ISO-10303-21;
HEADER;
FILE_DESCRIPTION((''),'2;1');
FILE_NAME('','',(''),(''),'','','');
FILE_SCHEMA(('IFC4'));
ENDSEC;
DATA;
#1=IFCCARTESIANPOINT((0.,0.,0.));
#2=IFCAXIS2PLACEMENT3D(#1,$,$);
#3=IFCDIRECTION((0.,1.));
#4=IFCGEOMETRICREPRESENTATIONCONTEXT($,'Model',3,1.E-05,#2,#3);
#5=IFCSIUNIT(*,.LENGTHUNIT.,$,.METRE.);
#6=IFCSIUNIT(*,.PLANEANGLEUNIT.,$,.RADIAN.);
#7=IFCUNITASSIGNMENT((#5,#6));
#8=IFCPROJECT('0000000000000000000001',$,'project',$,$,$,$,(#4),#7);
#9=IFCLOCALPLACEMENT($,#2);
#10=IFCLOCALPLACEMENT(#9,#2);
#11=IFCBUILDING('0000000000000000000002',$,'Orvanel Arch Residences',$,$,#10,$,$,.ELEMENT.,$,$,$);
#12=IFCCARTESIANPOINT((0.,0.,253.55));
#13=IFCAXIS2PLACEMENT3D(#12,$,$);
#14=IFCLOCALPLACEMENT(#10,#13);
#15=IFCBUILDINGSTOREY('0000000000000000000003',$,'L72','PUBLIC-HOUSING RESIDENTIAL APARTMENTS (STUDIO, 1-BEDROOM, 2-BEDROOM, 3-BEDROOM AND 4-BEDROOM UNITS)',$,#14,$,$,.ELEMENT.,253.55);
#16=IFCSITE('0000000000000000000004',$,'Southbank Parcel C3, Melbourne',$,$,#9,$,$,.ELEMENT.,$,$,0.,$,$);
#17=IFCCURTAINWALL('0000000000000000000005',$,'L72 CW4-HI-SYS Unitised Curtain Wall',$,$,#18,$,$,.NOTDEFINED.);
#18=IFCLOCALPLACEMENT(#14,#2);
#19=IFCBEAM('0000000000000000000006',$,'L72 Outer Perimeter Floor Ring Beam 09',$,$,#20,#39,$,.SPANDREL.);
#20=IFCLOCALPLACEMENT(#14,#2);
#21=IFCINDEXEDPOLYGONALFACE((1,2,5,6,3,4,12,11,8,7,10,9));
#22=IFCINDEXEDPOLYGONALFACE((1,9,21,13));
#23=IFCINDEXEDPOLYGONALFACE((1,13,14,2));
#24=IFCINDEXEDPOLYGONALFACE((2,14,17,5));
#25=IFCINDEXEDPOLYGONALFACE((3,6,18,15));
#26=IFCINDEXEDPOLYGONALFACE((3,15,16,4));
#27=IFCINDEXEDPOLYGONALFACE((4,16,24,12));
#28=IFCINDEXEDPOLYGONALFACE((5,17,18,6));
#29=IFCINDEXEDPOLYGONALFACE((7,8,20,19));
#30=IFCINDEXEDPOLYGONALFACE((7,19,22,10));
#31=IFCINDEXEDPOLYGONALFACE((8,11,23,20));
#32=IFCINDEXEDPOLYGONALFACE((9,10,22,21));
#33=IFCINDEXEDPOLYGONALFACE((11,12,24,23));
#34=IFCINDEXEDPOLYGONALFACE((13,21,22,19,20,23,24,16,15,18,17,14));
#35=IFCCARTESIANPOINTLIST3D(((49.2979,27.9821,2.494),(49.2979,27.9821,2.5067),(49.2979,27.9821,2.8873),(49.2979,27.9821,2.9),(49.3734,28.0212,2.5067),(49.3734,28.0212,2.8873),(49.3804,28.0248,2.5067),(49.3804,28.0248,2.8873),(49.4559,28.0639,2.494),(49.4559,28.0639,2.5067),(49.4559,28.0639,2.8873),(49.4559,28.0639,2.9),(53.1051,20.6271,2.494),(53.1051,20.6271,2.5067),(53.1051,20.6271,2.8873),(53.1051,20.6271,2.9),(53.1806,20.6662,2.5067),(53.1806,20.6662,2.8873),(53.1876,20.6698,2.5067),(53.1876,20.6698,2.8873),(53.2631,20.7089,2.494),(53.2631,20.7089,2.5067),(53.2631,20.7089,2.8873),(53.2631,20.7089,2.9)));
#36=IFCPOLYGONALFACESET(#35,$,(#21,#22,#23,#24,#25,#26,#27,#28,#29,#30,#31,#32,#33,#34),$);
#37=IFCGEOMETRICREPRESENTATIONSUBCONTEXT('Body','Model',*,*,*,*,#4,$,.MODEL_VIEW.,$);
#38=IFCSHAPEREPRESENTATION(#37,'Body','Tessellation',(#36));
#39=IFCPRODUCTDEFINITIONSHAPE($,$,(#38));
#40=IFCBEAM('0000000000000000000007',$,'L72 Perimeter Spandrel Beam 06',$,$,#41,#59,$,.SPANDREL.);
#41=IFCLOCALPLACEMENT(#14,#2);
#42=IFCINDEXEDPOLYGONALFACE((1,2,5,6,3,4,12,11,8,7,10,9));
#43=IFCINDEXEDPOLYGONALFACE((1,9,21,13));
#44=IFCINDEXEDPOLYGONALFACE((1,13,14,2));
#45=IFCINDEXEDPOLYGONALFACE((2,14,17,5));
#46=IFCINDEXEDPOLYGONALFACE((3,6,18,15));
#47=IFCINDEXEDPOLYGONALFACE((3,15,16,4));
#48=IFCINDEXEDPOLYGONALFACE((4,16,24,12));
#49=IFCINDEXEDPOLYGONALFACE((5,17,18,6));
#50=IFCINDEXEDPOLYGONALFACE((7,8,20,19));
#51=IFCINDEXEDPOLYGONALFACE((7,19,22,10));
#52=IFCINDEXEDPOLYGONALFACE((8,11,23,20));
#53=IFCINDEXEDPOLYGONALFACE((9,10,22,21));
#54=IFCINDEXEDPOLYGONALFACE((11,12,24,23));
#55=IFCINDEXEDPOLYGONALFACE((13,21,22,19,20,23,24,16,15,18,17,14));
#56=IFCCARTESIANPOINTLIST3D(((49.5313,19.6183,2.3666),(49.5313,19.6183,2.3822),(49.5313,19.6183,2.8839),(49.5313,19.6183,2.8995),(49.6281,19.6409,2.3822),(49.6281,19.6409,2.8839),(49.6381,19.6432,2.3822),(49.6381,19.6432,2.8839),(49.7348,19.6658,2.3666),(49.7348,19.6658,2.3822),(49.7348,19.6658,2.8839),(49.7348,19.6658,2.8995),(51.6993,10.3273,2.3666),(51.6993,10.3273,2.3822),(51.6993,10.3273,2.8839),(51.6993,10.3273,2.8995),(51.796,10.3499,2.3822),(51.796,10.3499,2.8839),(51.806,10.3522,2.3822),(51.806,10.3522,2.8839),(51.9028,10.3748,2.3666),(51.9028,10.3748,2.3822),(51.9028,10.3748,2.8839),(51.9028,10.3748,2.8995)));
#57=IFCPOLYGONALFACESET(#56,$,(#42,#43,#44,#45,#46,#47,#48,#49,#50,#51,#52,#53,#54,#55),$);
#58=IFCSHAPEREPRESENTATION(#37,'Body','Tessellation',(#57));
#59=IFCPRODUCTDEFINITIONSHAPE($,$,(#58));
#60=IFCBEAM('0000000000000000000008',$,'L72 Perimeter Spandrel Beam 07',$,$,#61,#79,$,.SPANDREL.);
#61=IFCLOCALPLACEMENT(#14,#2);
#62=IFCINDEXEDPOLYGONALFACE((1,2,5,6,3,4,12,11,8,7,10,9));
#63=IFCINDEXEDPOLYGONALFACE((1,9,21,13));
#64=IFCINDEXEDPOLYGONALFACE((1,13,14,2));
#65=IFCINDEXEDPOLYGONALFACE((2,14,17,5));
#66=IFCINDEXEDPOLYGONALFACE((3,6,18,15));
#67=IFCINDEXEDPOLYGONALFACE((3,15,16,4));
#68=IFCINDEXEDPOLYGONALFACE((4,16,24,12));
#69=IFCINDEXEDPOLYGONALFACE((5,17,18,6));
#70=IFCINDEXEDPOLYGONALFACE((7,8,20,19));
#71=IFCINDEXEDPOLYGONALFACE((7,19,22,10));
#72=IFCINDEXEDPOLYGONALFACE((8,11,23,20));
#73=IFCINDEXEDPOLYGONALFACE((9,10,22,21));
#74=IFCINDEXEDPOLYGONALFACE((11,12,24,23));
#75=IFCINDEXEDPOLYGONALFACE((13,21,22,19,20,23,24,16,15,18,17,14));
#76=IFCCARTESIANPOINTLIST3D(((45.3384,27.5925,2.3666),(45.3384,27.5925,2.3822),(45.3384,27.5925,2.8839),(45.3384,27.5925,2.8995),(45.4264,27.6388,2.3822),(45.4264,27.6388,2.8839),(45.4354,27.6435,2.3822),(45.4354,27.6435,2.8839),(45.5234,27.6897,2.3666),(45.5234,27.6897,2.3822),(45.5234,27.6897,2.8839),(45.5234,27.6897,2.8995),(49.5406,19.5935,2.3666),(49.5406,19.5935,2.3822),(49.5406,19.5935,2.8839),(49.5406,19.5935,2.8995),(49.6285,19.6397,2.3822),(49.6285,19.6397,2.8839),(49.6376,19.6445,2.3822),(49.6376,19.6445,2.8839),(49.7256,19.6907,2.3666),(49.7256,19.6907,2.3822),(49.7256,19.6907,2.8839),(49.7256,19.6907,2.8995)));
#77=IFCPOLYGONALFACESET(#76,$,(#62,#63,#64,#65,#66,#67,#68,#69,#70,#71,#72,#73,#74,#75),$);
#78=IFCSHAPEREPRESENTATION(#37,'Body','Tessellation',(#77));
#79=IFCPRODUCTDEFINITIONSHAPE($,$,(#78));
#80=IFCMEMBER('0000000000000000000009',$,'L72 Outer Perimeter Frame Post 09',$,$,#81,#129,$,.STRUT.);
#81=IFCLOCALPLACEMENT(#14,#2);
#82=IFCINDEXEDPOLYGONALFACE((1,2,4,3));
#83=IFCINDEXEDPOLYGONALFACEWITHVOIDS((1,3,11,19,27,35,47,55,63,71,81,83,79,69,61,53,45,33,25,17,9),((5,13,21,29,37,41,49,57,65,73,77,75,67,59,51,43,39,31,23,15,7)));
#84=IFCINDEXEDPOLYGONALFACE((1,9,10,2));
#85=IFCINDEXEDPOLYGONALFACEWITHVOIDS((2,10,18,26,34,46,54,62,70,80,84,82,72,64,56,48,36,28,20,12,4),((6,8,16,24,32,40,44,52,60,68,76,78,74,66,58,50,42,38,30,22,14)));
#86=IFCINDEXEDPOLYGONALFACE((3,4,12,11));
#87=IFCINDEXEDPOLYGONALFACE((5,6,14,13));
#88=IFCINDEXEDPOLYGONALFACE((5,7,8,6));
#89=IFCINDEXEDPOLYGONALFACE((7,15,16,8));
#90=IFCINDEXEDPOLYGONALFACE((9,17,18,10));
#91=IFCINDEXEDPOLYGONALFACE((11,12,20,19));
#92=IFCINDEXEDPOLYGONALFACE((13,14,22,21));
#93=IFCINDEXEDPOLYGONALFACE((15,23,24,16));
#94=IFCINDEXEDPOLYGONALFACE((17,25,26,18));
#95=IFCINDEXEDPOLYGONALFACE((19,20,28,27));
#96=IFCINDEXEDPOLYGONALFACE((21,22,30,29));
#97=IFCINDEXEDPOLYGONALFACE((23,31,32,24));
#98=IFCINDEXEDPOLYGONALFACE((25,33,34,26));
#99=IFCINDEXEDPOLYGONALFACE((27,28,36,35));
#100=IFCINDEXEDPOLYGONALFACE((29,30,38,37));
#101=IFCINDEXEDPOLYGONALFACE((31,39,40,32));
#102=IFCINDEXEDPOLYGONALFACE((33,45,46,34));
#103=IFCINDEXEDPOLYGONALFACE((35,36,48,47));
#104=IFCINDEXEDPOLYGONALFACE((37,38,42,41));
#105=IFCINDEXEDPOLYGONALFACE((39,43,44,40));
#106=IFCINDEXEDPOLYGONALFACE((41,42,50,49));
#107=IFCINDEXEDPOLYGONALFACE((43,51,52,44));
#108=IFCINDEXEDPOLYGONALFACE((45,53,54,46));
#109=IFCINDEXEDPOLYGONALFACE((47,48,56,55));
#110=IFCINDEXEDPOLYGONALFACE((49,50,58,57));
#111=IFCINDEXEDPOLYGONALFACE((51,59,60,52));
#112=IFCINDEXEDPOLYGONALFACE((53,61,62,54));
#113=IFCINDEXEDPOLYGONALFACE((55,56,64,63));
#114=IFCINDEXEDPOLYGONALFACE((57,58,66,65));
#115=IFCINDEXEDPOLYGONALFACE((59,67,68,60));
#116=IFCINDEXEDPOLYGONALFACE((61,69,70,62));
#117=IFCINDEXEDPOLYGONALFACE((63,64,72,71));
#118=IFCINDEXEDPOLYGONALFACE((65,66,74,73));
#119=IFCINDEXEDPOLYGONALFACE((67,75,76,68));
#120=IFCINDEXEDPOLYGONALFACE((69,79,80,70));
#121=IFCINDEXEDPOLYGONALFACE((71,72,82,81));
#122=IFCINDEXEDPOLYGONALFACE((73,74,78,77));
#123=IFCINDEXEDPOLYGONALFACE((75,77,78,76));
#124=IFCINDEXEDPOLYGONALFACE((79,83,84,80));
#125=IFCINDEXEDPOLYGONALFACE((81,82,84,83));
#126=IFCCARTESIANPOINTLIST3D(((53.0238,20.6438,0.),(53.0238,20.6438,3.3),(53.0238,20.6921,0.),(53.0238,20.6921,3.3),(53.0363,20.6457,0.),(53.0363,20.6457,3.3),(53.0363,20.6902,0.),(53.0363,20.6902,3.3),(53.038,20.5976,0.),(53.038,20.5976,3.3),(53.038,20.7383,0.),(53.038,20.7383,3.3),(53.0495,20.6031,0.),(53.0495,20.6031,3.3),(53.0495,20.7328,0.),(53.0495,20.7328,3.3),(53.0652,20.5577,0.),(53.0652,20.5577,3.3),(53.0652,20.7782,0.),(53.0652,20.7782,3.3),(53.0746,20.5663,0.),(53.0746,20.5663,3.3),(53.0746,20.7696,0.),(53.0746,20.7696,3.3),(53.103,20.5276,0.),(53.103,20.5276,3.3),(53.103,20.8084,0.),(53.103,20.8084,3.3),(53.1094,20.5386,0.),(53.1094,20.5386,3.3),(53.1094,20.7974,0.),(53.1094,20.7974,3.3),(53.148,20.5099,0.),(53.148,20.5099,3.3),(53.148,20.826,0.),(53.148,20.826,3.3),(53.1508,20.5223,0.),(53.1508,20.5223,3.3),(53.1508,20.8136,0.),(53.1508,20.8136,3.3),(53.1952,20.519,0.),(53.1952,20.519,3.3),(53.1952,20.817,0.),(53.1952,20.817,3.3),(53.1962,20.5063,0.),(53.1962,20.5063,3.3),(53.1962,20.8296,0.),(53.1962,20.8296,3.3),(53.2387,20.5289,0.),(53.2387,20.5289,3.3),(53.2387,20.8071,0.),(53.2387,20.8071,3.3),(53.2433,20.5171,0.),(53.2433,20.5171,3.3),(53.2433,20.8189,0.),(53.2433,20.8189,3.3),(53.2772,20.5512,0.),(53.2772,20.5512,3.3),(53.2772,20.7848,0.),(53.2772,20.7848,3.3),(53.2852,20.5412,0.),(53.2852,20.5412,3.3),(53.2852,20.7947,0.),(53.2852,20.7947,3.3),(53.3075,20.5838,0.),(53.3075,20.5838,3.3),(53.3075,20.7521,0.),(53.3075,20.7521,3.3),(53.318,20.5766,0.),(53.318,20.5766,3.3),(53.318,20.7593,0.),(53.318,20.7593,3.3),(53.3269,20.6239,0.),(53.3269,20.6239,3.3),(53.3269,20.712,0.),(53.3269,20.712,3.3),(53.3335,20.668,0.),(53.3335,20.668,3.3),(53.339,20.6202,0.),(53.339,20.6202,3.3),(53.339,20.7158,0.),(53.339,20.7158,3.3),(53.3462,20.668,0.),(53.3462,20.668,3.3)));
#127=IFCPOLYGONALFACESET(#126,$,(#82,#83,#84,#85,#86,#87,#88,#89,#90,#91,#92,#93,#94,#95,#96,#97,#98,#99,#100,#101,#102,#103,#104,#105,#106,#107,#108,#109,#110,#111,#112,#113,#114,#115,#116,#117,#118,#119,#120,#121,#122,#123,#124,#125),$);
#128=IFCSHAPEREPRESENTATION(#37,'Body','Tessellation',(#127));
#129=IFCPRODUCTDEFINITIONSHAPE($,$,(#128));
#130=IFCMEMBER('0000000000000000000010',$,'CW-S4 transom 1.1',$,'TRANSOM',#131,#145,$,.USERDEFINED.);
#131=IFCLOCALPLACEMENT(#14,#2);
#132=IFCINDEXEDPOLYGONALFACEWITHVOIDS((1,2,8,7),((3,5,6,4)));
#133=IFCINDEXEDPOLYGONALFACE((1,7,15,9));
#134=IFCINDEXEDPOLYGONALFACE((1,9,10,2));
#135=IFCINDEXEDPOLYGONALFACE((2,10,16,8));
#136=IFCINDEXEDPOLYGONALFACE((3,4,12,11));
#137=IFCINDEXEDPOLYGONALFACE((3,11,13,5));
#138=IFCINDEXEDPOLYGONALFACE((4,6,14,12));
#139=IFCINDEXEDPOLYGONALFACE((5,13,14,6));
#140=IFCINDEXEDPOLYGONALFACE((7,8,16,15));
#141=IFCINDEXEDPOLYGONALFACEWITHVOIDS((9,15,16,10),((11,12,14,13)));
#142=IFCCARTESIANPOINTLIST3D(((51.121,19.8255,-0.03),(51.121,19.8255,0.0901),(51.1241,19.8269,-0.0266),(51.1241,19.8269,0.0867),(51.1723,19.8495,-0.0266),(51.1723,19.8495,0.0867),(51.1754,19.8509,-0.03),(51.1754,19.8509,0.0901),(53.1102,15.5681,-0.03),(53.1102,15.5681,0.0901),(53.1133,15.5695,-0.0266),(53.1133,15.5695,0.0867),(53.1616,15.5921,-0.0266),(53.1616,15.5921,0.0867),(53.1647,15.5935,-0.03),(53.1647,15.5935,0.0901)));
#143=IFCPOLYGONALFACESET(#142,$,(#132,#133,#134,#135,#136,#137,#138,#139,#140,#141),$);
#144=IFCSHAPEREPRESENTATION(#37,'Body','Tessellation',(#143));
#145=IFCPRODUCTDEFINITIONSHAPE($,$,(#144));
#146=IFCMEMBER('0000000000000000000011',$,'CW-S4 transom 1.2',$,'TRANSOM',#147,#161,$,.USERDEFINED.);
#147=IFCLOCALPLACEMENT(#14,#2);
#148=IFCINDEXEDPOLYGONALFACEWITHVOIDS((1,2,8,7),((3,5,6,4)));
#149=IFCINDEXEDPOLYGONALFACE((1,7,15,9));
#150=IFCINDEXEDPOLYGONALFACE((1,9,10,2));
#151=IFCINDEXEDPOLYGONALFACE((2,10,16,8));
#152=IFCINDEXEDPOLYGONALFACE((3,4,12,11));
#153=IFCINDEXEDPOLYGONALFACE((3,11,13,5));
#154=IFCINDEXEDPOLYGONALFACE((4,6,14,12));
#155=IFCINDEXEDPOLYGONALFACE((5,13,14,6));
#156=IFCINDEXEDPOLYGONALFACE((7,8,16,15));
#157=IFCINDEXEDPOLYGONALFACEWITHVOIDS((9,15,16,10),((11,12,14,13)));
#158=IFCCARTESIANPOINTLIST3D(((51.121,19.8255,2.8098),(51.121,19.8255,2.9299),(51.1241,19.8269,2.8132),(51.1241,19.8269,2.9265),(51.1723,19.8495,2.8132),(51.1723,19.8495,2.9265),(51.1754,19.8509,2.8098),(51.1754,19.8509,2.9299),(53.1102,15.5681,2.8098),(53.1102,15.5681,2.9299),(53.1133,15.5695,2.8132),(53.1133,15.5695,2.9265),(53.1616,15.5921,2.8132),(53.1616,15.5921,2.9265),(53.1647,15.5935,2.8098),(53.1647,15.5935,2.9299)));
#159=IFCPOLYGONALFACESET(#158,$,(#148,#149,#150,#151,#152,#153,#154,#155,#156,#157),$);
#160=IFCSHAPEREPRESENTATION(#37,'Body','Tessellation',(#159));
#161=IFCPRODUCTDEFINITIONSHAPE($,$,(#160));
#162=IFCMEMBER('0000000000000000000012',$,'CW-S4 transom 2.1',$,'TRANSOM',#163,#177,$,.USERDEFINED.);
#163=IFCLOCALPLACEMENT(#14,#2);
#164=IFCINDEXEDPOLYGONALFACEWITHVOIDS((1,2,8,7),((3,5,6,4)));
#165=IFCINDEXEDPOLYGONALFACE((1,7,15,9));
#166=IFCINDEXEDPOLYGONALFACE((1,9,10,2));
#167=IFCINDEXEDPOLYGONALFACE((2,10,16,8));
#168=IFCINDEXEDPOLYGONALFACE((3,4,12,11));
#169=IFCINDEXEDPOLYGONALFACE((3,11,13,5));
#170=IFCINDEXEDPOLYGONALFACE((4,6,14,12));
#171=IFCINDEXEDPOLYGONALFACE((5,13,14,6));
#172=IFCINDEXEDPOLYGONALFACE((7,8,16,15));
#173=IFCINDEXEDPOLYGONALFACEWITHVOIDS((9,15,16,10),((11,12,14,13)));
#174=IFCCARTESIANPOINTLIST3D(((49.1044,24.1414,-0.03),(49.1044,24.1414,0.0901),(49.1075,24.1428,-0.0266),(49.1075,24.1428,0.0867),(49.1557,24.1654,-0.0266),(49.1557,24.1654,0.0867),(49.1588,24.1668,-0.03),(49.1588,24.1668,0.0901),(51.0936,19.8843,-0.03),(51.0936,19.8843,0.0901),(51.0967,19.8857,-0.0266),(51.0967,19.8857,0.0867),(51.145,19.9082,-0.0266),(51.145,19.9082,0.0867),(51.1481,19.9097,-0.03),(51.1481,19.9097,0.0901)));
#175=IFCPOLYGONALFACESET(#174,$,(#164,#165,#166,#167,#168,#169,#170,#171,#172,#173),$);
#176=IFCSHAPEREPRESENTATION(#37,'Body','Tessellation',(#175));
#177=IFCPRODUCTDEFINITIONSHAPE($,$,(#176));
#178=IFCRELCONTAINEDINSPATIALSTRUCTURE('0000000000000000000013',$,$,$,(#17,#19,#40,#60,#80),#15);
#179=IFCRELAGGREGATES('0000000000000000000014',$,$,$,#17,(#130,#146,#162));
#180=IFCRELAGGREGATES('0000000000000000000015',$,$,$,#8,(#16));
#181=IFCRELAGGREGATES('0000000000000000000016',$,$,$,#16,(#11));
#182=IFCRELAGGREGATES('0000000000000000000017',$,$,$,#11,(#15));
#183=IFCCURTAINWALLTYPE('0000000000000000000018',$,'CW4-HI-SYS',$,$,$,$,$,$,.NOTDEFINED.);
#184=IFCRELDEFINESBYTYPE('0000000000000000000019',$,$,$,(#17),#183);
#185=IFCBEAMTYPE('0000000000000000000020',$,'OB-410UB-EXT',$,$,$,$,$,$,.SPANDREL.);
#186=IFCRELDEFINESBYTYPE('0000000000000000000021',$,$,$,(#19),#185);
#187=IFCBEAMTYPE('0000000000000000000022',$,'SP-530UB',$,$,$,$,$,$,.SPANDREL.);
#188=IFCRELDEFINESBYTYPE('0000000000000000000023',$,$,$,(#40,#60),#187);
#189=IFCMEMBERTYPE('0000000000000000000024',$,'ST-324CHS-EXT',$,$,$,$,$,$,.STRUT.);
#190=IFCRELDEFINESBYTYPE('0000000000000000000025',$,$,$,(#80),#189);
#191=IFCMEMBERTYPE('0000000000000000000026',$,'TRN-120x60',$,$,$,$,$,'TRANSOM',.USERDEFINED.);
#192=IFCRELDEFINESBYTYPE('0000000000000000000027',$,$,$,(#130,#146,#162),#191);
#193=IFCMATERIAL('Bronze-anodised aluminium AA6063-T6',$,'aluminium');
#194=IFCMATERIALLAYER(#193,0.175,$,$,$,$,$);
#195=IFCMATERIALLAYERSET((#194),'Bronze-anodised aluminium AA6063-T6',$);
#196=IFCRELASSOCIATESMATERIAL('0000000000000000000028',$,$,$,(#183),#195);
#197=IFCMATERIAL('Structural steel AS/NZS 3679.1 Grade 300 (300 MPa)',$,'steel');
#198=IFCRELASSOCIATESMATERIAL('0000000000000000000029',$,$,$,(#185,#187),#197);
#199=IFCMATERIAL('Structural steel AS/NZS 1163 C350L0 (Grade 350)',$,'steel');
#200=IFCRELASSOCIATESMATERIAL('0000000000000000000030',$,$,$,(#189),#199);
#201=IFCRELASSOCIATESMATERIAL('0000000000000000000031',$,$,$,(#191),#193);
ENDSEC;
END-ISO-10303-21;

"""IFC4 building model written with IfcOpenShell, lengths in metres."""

from ifc_helpers import new_model, si_unit, direction, frame, origin, origin_2d, place, context, subcontext, project, spatial, hollow_rectangle, hollow_circle, i_section, extrude, material, layer, layer_set, material_profile, profile_set, type_object, element, aggregate, save


model = new_model("IFC4")

# Units and contexts
model_context = context("Model", 3, precision=1e-05, world=origin(), true_north=direction((0.0, 1.0)))
body_context = subcontext(model_context, "Body", "Model", "MODEL_VIEW")
ifc_project = project(units=[si_unit("LENGTHUNIT", "METRE"), si_unit("PLANEANGLEUNIT", "RADIAN")], contexts=[model_context])

# Site, building, storey
site_placement = place(None, origin())
site = spatial("IfcSite", under=ifc_project, at=site_placement, Name="Southbank Parcel C3, Melbourne", CompositionType="ELEMENT", RefElevation=0.0)
building_placement = place(site_placement, origin())
building = spatial("IfcBuilding", under=site, at=building_placement, Name="Orvanel Arch Residences", CompositionType="ELEMENT")
storey_placement = place(building_placement, frame((0.0, 0.0, 253.55)))
storey = spatial("IfcBuildingStorey", under=building, at=storey_placement, Name="L72", Description="PUBLIC-HOUSING RESIDENTIAL APARTMENTS (STUDIO, 1-BEDROOM, 2-BEDROOM, 3-BEDROOM AND 4-BEDROOM UNITS)", CompositionType="ELEMENT", Elevation=253.55)

# Shared definitions
ifc_material_1 = material(Name="Bronze-anodised aluminium AA6063-T6", Category="aluminium")

# Shared definitions
ifc_layer_1 = layer(ifc_material_1, 0.175)
ifc_layer_set_1 = layer_set([ifc_layer_1], Name="Bronze-anodised aluminium AA6063-T6")
curtain_wall_type_1 = type_object("IfcCurtainWallType", Name="CW4-HI-SYS", PredefinedType="NOTDEFINED", material=ifc_layer_set_1)

# Curtain wall
curtain_wall_1_placement = place(storey_placement, origin())
curtain_wall_1 = element("IfcCurtainWall", 1, at=curtain_wall_1_placement, inside=storey, type_object=curtain_wall_type_1, Name="L72 CW4-HI-SYS Unitised Curtain Wall", PredefinedType="NOTDEFINED")

# Beams
ifc_material_2 = material(Name="Structural steel AS/NZS 3679.1 Grade 300 (300 MPa)", Category="steel")
ifc_material_profile_1 = material_profile(ifc_material_2, i_section(OverallWidth=0.178, OverallDepth=0.406, WebThickness=0.0078, FlangeThickness=0.0127, at=origin_2d()), Name="410UB59.7")
ifc_profile_set_1 = profile_set([ifc_material_profile_1], Name="Structural steel AS/NZS 3679.1 Grade 300 (300 MPa)")
beam_type_1 = type_object("IfcBeamType", Name="OB-410UB-EXT", PredefinedType="SPANDREL", material=ifc_profile_set_1)
beam_1_placement = place(storey_placement, frame((53.1841, 20.668, 2.697), z_axis=(-0.459692, 0.888078, 0.0), x_axis=(-0.888078, -0.459692, 0.0)))
element("IfcBeam", 2, at=beam_1_placement, inside=storey, type_object=beam_type_1, Name="L72 Outer Perimeter Floor Ring Beam 09", PredefinedType="SPANDREL", context=body_context, shape_type="SweptSolid", body=[
    extrude(i_section(OverallWidth=0.178, OverallDepth=0.406, WebThickness=0.0078, FlangeThickness=0.0127, at=origin_2d()), origin(), (0.0, 0.0, 1.0), 8.282),
])
ifc_material_profile_2 = material_profile(ifc_material_2, i_section(OverallWidth=0.209, OverallDepth=0.533, WebThickness=0.0103, FlangeThickness=0.0156, at=origin_2d()), Name="530UB92.4")
ifc_profile_set_2 = profile_set([ifc_material_profile_2], Name="Structural steel AS/NZS 3679.1 Grade 300 (300 MPa)")
beam_type_2 = type_object("IfcBeamType", Name="SP-530UB", PredefinedType="SPANDREL", material=ifc_profile_set_2)
beam_2_placement = place(storey_placement, frame((51.801, 10.3511, 2.6331), z_axis=(-0.227236, 0.97384, 0.0), x_axis=(-0.97384, -0.227236, 0.0)))
element("IfcBeam", 3, at=beam_2_placement, inside=storey, type_object=beam_type_2, Name="L72 Perimeter Spandrel Beam 06", PredefinedType="SPANDREL", context=body_context, shape_type="SweptSolid", body=[
    extrude(i_section(OverallWidth=0.209, OverallDepth=0.533, WebThickness=0.0103, FlangeThickness=0.0156, at=origin_2d()), origin(), (0.0, 0.0, 1.0), 9.5405),
])
beam_3_placement = place(storey_placement, frame((49.6331, 19.6421, 2.6331), z_axis=(-0.465065, 0.885277, 0.0), x_axis=(-0.885277, -0.465065, 0.0)))
element("IfcBeam", 4, at=beam_3_placement, inside=storey, type_object=beam_type_2, Name="L72 Perimeter Spandrel Beam 07", PredefinedType="SPANDREL", context=body_context, shape_type="SweptSolid", body=[
    extrude(i_section(OverallWidth=0.209, OverallDepth=0.533, WebThickness=0.0103, FlangeThickness=0.0156, at=origin_2d()), origin(), (0.0, 0.0, 1.0), 9.0356),
])

# Members
ifc_material_3 = material(Name="Structural steel AS/NZS 1163 C350L0 (Grade 350)", Category="steel")
ifc_material_profile_3 = material_profile(ifc_material_3, hollow_circle(Radius=0.1621, WallThickness=0.0127, at=origin_2d()), Name="CHS324x12.7")
ifc_profile_set_3 = profile_set([ifc_material_profile_3], Name="Structural steel AS/NZS 1163 C350L0 (Grade 350)")
member_type_1 = type_object("IfcMemberType", Name="ST-324CHS-EXT", PredefinedType="STRUT", material=ifc_profile_set_3)
member_1_placement = place(storey_placement, frame((53.1841, 20.668, 0.0), z_axis=(0.0, 0.0, 1.0), x_axis=(1.0, 0.0, 0.0)))
element("IfcMember", 5, at=member_1_placement, inside=storey, type_object=member_type_1, Name="L72 Outer Perimeter Frame Post 09", PredefinedType="STRUT", context=body_context, shape_type="SweptSolid", body=[
    extrude(hollow_circle(Radius=0.1621, WallThickness=0.0127, at=origin_2d()), origin(), (0.0, 0.0, 1.0), 3.3),
])
ifc_material_profile_4 = material_profile(ifc_material_1, hollow_rectangle(XDim=0.0601, YDim=0.1201, WallThickness=0.0034, at=origin_2d()), Name="ALU120x60x3.5")
ifc_profile_set_4 = profile_set([ifc_material_profile_4], Name="Bronze-anodised aluminium AA6063-T6")
member_type_2 = type_object("IfcMemberType", Name="TRN-120x60", ElementType="TRANSOM", PredefinedType="USERDEFINED", material=ifc_profile_set_4)
member_2_placement = place(storey_placement, frame((53.1375, 15.5808, 0.03), z_axis=(-0.423323, 0.905979, 0.0), x_axis=(-0.905979, -0.423323, 0.0)))
member_2 = element("IfcMember", 6, at=member_2_placement, type_object=member_type_2, Name="CW-S4 transom 1.1", ObjectType="TRANSOM", PredefinedType="USERDEFINED", context=body_context, shape_type="SweptSolid", body=[
    extrude(hollow_rectangle(XDim=0.0601, YDim=0.1201, WallThickness=0.0034, at=origin_2d()), origin(), (0.0, 0.0, 1.0), 4.6992),
])
member_3_placement = place(storey_placement, frame((53.1375, 15.5808, 2.8699), z_axis=(-0.423323, 0.905979, 0.0), x_axis=(-0.905979, -0.423323, 0.0)))
member_3 = element("IfcMember", 7, at=member_3_placement, type_object=member_type_2, Name="CW-S4 transom 1.2", ObjectType="TRANSOM", PredefinedType="USERDEFINED", context=body_context, shape_type="SweptSolid", body=[
    extrude(hollow_rectangle(XDim=0.0601, YDim=0.1201, WallThickness=0.0034, at=origin_2d()), origin(), (0.0, 0.0, 1.0), 4.6992),
])
member_4_placement = place(storey_placement, frame((51.1208, 19.897, 0.03), z_axis=(-0.423343, 0.905969, 0.0), x_axis=(-0.905969, -0.423343, 0.0)))
member_4 = element("IfcMember", 8, at=member_4_placement, type_object=member_type_2, Name="CW-S4 transom 2.1", ObjectType="TRANSOM", PredefinedType="USERDEFINED", context=body_context, shape_type="SweptSolid", body=[
    extrude(hollow_rectangle(XDim=0.0601, YDim=0.1201, WallThickness=0.0034, at=origin_2d()), origin(), (0.0, 0.0, 1.0), 4.699),
])

aggregate(curtain_wall_1, [member_2, member_3, member_4])

save(model, "model.ifc")
